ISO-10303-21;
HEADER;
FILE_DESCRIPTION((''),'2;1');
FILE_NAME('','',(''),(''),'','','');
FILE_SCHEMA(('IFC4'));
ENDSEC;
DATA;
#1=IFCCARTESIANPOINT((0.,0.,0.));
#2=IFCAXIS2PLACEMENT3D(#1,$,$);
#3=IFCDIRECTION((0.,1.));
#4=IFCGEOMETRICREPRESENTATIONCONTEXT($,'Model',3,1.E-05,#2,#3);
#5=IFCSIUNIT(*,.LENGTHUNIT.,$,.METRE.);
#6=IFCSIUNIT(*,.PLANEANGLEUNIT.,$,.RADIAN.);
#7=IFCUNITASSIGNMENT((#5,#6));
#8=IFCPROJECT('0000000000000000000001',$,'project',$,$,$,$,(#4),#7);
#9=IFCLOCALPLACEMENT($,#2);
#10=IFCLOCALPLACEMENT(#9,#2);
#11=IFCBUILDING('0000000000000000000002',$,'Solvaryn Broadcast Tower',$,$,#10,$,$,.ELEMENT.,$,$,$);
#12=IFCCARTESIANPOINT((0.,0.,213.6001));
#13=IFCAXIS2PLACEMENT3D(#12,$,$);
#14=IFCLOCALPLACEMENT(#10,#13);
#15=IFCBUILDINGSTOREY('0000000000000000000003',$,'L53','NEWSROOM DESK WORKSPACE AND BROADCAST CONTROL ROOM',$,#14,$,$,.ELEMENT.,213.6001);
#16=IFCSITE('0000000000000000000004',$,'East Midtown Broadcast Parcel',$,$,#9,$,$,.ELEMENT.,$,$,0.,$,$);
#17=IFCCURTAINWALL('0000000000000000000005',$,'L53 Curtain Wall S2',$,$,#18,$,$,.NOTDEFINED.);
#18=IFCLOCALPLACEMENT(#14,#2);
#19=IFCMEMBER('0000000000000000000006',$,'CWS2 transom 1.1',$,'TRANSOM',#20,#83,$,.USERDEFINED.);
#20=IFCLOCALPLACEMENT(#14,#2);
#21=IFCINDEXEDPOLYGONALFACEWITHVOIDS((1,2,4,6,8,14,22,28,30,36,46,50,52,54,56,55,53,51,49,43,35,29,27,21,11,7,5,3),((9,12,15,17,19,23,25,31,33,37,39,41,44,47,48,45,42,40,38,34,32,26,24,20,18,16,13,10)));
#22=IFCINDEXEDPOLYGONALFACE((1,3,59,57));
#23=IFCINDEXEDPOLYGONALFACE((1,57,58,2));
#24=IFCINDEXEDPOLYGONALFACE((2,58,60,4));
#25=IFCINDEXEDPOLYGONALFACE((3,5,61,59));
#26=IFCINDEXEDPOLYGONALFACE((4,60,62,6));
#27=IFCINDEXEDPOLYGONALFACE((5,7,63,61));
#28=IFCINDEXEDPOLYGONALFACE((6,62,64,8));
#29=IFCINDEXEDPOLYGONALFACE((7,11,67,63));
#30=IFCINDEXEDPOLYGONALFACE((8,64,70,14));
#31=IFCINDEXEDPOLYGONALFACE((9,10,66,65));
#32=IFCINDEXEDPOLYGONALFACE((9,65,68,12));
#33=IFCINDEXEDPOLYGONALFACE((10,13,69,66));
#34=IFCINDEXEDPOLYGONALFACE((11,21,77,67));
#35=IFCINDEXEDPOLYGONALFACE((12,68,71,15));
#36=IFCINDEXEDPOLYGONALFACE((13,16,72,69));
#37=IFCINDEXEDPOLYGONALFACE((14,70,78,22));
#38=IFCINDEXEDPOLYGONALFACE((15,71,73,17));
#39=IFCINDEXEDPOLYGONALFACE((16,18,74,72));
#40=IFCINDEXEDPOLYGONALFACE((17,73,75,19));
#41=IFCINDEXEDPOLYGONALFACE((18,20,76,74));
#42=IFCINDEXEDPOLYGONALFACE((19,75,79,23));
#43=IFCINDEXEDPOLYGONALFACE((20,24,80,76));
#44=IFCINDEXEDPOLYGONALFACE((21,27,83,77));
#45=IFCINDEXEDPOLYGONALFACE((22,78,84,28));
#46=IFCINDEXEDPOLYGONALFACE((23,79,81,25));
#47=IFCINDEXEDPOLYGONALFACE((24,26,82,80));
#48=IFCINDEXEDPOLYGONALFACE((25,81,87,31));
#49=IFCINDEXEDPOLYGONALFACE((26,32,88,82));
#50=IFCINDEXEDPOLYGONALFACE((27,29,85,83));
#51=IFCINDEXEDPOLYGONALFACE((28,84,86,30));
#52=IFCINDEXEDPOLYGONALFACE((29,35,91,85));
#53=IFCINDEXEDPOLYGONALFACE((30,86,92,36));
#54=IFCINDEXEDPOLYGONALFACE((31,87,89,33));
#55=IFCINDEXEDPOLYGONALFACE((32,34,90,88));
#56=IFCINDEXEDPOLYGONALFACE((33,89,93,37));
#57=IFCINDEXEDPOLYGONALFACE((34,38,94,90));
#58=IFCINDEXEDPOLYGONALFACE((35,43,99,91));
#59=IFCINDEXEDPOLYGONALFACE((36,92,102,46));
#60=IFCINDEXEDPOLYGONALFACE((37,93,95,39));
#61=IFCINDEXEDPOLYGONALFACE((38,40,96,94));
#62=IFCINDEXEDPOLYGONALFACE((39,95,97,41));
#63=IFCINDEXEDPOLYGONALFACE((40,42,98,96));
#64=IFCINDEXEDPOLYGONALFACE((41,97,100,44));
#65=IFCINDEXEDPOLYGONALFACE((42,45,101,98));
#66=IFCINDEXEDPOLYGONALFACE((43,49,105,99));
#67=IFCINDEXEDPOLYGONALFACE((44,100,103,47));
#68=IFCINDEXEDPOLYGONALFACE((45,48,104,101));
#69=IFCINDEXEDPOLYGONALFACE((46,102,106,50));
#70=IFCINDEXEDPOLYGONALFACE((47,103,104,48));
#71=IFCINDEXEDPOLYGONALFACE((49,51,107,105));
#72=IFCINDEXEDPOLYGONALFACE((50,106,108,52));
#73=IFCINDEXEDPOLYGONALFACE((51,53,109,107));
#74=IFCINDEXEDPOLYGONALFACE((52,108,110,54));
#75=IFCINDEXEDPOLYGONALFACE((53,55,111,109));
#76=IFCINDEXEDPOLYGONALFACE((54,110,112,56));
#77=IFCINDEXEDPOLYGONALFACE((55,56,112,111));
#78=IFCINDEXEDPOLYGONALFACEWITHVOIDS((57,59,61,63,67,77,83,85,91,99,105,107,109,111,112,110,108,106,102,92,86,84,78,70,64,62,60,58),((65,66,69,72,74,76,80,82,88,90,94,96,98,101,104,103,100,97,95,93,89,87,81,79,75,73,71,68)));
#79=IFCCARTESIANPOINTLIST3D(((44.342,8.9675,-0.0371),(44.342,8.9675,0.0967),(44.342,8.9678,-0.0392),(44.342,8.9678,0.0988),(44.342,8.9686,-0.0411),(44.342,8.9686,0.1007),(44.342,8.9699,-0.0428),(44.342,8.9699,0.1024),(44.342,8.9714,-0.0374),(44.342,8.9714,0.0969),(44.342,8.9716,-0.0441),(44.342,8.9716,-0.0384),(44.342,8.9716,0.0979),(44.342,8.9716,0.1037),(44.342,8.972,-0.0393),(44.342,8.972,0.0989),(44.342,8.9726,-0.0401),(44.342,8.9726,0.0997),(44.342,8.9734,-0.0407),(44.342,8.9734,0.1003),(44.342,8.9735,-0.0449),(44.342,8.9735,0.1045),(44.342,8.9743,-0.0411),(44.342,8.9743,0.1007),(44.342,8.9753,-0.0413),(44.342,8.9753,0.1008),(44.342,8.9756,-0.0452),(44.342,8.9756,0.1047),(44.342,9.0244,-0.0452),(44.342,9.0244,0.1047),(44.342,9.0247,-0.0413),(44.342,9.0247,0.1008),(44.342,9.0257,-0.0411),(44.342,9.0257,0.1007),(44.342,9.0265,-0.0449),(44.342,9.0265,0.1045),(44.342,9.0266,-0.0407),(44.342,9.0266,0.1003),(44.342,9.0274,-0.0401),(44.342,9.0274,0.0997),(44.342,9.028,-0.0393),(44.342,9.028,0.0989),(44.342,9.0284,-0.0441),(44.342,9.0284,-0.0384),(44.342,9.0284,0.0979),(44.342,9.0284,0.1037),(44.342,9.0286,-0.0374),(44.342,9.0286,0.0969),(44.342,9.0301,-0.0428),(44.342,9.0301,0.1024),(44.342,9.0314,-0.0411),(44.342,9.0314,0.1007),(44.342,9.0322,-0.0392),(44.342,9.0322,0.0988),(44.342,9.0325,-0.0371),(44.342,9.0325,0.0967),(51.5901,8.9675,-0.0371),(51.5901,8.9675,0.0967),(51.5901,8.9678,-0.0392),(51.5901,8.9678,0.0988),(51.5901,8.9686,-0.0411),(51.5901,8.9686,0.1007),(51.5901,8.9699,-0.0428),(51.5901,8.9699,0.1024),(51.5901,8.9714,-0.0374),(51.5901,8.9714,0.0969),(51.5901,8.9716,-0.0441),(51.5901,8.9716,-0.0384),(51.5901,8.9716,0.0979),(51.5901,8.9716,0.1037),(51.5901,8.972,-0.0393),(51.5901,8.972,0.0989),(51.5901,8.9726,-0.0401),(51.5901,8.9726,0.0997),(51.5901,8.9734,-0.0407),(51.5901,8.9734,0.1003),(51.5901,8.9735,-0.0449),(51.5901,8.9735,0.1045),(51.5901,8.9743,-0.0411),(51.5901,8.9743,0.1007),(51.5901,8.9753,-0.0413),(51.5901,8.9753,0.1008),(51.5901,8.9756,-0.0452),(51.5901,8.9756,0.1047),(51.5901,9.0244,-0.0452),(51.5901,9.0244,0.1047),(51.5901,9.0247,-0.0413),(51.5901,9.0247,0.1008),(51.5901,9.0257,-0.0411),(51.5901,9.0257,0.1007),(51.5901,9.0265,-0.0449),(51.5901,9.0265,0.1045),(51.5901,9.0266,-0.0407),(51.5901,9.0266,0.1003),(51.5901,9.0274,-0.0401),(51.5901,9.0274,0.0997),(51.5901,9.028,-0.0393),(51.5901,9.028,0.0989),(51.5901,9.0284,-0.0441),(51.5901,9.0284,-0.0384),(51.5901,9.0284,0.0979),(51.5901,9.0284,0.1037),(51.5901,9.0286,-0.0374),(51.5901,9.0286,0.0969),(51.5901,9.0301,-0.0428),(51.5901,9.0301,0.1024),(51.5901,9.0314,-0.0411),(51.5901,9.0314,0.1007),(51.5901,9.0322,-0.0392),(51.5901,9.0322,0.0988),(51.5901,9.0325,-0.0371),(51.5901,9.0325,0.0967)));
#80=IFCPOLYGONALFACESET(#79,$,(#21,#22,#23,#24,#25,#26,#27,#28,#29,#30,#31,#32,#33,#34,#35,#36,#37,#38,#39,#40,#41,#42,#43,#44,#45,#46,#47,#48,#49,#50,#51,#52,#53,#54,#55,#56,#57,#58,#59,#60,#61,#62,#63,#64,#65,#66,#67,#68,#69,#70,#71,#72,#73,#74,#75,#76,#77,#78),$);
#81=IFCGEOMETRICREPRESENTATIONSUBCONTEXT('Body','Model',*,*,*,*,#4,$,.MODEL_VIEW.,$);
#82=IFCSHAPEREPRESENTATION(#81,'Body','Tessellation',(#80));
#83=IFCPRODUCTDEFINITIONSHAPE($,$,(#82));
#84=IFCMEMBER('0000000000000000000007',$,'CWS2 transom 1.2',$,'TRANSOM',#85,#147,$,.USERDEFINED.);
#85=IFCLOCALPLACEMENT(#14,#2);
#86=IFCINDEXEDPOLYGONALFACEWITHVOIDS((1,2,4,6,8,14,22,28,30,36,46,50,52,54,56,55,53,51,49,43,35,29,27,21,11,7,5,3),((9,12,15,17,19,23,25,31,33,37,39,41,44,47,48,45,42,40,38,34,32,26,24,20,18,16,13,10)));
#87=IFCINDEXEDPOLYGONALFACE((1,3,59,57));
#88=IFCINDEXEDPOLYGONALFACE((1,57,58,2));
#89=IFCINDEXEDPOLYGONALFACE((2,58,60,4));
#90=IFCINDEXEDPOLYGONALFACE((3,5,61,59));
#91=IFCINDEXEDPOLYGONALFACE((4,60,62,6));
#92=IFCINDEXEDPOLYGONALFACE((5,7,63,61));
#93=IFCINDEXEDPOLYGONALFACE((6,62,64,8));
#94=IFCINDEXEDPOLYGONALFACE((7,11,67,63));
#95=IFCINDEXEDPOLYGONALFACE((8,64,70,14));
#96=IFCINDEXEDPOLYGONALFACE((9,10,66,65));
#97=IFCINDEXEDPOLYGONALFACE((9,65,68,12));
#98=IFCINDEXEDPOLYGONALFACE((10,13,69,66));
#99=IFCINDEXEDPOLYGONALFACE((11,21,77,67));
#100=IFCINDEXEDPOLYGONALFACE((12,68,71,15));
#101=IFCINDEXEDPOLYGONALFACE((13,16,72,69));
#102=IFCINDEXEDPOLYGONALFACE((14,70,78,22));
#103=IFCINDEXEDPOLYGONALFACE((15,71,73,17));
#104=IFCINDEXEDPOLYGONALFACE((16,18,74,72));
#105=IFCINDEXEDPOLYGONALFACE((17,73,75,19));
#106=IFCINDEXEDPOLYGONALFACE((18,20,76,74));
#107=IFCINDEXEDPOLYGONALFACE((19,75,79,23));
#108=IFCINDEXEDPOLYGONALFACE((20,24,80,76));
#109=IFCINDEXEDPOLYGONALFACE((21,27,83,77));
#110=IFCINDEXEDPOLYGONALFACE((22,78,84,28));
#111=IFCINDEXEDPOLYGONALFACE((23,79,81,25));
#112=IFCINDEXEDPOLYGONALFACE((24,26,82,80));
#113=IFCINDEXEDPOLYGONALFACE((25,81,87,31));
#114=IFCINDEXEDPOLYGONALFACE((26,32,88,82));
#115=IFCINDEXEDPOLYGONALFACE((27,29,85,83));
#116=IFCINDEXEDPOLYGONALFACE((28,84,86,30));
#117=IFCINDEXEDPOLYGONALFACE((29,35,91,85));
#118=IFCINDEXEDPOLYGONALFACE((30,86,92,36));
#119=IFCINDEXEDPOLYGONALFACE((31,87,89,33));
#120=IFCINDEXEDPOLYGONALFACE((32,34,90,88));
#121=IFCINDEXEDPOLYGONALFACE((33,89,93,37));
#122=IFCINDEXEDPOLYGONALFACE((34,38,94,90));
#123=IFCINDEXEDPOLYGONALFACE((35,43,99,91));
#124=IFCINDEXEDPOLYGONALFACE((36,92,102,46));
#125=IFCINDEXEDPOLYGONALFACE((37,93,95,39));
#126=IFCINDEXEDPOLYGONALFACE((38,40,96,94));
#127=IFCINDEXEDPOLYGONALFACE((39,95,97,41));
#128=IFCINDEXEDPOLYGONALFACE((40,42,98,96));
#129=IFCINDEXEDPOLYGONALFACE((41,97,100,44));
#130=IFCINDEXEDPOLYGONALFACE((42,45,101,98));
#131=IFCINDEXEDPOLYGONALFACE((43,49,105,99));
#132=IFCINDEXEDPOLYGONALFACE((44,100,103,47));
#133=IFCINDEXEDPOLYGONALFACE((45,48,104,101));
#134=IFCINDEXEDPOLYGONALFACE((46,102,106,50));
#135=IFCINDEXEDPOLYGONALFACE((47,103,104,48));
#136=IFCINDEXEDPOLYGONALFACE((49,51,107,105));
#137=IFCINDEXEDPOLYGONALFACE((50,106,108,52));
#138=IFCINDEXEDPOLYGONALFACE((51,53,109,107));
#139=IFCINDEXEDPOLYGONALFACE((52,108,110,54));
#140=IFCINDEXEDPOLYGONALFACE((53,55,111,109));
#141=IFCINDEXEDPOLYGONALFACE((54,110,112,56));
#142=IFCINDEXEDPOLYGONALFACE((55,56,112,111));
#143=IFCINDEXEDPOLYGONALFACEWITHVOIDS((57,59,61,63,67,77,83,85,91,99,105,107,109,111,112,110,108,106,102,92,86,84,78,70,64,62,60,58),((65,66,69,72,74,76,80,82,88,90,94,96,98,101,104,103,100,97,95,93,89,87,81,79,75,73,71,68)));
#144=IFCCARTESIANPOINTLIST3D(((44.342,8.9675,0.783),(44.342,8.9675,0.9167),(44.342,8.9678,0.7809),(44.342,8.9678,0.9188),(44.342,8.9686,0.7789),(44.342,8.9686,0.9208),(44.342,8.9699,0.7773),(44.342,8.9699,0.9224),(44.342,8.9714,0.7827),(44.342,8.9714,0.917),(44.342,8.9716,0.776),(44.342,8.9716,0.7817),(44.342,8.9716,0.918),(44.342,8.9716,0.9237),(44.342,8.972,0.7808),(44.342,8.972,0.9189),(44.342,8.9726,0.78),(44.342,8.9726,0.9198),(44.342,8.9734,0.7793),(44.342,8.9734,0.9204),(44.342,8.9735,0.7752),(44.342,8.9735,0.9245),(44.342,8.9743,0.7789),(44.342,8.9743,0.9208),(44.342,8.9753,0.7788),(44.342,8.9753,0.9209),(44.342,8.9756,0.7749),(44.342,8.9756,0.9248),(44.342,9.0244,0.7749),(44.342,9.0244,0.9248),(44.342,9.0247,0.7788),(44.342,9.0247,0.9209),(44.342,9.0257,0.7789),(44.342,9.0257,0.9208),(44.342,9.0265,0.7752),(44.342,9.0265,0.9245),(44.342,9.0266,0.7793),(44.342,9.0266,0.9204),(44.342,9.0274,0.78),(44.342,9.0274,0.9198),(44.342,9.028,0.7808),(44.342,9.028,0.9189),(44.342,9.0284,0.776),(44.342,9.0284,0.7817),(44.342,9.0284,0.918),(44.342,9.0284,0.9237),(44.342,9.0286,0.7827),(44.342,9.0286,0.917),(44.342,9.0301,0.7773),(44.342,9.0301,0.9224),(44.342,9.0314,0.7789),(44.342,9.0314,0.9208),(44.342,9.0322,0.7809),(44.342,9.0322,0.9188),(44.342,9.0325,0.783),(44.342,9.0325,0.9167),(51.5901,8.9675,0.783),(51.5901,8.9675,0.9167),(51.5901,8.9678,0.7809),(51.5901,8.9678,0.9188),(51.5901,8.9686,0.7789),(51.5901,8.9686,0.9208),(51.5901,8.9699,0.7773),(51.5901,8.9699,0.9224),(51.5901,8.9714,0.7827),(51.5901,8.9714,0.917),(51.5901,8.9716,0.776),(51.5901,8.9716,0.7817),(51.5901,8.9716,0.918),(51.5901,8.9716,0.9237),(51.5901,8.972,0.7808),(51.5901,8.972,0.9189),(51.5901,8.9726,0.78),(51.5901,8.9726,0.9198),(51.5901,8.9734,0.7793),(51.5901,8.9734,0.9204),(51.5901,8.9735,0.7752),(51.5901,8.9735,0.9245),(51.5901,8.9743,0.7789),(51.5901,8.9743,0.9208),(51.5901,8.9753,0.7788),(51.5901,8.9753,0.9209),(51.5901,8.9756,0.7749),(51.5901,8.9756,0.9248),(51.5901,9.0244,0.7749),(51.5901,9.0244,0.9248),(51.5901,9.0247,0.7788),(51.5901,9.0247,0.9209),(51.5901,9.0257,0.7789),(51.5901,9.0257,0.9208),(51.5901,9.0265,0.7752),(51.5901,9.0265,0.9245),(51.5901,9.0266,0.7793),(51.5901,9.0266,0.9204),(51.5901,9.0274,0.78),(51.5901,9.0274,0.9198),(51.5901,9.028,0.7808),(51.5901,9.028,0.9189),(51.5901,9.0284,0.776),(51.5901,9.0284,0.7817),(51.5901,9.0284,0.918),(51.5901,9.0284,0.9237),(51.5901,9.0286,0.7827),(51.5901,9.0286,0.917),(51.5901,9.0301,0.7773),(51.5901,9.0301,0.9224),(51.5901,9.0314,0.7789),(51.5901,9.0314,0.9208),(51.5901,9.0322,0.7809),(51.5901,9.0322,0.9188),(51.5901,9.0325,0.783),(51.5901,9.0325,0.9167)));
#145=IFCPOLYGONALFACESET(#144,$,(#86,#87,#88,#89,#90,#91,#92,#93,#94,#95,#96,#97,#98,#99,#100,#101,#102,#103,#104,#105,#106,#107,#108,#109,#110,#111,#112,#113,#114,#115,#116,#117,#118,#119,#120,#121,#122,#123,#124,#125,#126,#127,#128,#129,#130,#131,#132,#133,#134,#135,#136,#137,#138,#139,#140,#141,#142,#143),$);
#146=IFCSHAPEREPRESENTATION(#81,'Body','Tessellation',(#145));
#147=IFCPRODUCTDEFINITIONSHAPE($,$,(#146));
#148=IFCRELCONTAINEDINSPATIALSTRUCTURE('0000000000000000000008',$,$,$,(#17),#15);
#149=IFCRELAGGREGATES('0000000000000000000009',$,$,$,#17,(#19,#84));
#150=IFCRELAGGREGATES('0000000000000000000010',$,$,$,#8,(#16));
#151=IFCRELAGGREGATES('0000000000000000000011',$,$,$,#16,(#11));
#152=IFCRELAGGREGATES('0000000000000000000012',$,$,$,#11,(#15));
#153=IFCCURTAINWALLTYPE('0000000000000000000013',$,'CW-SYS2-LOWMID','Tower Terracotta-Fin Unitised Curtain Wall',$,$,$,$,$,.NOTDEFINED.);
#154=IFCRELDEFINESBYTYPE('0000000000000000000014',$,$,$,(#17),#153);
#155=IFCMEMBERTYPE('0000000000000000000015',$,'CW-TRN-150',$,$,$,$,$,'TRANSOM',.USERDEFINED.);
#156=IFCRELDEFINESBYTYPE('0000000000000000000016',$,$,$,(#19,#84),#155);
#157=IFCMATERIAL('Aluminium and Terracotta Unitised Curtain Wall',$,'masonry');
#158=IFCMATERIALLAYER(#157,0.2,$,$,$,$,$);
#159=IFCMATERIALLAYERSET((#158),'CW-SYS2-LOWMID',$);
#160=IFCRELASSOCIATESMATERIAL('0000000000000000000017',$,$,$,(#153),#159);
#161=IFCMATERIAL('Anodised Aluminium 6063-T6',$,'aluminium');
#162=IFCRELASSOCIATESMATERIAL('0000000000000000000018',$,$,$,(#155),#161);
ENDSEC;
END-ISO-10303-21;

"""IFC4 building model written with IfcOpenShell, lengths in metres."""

from ifc_helpers import new_model, si_unit, direction, frame, origin, origin_2d, place, context, subcontext, project, spatial, hollow_rectangle, extrude, material, layer, layer_set, material_profile, profile_set, type_object, element, aggregate, save


model = new_model("IFC4")

# Units and contexts
model_context = context("Model", 3, precision=1e-05, world=origin(), true_north=direction((0.0, 1.0)))
body_context = subcontext(model_context, "Body", "Model", "MODEL_VIEW")
ifc_project = project(units=[si_unit("LENGTHUNIT", "METRE"), si_unit("PLANEANGLEUNIT", "RADIAN")], contexts=[model_context])

# Site, building, storey
site_placement = place(None, origin())
site = spatial("IfcSite", under=ifc_project, at=site_placement, Name="East Midtown Broadcast Parcel", CompositionType="ELEMENT", RefElevation=0.0)
building_placement = place(site_placement, origin())
building = spatial("IfcBuilding", under=site, at=building_placement, Name="Solvaryn Broadcast Tower", CompositionType="ELEMENT")
storey_placement = place(building_placement, frame((0.0, 0.0, 213.6001)))
storey = spatial("IfcBuildingStorey", under=building, at=storey_placement, Name="L53", Description="NEWSROOM DESK WORKSPACE AND BROADCAST CONTROL ROOM", CompositionType="ELEMENT", Elevation=213.6001)

# Shared definitions
ifc_material_1 = material(Name="Aluminium and Terracotta Unitised Curtain Wall", Category="masonry")
ifc_layer_1 = layer(ifc_material_1, 0.2)
ifc_layer_set_1 = layer_set([ifc_layer_1], Name="CW-SYS2-LOWMID")
curtain_wall_type = type_object("IfcCurtainWallType", Name="CW-SYS2-LOWMID", Description="Tower Terracotta-Fin Unitised Curtain Wall", PredefinedType="NOTDEFINED", material=ifc_layer_set_1)

# Curtain wall, members
curtain_wall_1_placement = place(storey_placement, origin())
curtain_wall_1 = element("IfcCurtainWall", 1, at=curtain_wall_1_placement, inside=storey, type_object=curtain_wall_type, Name="L53 Curtain Wall S2", PredefinedType="NOTDEFINED")
ifc_material_2 = material(Name="Anodised Aluminium 6063-T6", Category="aluminium")
ifc_material_profile_1 = material_profile(ifc_material_2, hollow_rectangle(XDim=0.0649, YDim=0.1499, WallThickness=0.0039, InnerFilletRadius=0.0039, OuterFilletRadius=0.0081, at=origin_2d()))
ifc_profile_set_1 = profile_set([ifc_material_profile_1], Name="Anodised Aluminium 6063-T6")
member_type_1 = type_object("IfcMemberType", Name="CW-TRN-150", ElementType="TRANSOM", PredefinedType="USERDEFINED", material=ifc_profile_set_1)
member_1_placement = place(storey_placement, frame((44.342, 9.0, 0.0298), z_axis=(1.0, 0.0, 0.0), x_axis=(0.0, 1.0, 0.0)))
member_1 = element("IfcMember", 2, at=member_1_placement, type_object=member_type_1, Name="CWS2 transom 1.1", ObjectType="TRANSOM", PredefinedType="USERDEFINED", context=body_context, shape_type="SweptSolid", body=[
    extrude(hollow_rectangle(XDim=0.0649, YDim=0.1499, WallThickness=0.0039, InnerFilletRadius=0.0039, OuterFilletRadius=0.0081, at=origin_2d()), origin(), (0.0, 0.0, 1.0), 7.248),
])
member_2_placement = place(storey_placement, frame((44.342, 9.0, 0.8499), z_axis=(1.0, 0.0, 0.0), x_axis=(0.0, 1.0, 0.0)))
member_2 = element("IfcMember", 3, at=member_2_placement, type_object=member_type_1, Name="CWS2 transom 1.2", ObjectType="TRANSOM", PredefinedType="USERDEFINED", context=body_context, shape_type="SweptSolid", body=[
    extrude(hollow_rectangle(XDim=0.0649, YDim=0.1499, WallThickness=0.0039, InnerFilletRadius=0.0039, OuterFilletRadius=0.0081, at=origin_2d()), origin(), (0.0, 0.0, 1.0), 7.248),
])
aggregate(curtain_wall_1, [member_1, member_2])

save(model, "model.ifc")
